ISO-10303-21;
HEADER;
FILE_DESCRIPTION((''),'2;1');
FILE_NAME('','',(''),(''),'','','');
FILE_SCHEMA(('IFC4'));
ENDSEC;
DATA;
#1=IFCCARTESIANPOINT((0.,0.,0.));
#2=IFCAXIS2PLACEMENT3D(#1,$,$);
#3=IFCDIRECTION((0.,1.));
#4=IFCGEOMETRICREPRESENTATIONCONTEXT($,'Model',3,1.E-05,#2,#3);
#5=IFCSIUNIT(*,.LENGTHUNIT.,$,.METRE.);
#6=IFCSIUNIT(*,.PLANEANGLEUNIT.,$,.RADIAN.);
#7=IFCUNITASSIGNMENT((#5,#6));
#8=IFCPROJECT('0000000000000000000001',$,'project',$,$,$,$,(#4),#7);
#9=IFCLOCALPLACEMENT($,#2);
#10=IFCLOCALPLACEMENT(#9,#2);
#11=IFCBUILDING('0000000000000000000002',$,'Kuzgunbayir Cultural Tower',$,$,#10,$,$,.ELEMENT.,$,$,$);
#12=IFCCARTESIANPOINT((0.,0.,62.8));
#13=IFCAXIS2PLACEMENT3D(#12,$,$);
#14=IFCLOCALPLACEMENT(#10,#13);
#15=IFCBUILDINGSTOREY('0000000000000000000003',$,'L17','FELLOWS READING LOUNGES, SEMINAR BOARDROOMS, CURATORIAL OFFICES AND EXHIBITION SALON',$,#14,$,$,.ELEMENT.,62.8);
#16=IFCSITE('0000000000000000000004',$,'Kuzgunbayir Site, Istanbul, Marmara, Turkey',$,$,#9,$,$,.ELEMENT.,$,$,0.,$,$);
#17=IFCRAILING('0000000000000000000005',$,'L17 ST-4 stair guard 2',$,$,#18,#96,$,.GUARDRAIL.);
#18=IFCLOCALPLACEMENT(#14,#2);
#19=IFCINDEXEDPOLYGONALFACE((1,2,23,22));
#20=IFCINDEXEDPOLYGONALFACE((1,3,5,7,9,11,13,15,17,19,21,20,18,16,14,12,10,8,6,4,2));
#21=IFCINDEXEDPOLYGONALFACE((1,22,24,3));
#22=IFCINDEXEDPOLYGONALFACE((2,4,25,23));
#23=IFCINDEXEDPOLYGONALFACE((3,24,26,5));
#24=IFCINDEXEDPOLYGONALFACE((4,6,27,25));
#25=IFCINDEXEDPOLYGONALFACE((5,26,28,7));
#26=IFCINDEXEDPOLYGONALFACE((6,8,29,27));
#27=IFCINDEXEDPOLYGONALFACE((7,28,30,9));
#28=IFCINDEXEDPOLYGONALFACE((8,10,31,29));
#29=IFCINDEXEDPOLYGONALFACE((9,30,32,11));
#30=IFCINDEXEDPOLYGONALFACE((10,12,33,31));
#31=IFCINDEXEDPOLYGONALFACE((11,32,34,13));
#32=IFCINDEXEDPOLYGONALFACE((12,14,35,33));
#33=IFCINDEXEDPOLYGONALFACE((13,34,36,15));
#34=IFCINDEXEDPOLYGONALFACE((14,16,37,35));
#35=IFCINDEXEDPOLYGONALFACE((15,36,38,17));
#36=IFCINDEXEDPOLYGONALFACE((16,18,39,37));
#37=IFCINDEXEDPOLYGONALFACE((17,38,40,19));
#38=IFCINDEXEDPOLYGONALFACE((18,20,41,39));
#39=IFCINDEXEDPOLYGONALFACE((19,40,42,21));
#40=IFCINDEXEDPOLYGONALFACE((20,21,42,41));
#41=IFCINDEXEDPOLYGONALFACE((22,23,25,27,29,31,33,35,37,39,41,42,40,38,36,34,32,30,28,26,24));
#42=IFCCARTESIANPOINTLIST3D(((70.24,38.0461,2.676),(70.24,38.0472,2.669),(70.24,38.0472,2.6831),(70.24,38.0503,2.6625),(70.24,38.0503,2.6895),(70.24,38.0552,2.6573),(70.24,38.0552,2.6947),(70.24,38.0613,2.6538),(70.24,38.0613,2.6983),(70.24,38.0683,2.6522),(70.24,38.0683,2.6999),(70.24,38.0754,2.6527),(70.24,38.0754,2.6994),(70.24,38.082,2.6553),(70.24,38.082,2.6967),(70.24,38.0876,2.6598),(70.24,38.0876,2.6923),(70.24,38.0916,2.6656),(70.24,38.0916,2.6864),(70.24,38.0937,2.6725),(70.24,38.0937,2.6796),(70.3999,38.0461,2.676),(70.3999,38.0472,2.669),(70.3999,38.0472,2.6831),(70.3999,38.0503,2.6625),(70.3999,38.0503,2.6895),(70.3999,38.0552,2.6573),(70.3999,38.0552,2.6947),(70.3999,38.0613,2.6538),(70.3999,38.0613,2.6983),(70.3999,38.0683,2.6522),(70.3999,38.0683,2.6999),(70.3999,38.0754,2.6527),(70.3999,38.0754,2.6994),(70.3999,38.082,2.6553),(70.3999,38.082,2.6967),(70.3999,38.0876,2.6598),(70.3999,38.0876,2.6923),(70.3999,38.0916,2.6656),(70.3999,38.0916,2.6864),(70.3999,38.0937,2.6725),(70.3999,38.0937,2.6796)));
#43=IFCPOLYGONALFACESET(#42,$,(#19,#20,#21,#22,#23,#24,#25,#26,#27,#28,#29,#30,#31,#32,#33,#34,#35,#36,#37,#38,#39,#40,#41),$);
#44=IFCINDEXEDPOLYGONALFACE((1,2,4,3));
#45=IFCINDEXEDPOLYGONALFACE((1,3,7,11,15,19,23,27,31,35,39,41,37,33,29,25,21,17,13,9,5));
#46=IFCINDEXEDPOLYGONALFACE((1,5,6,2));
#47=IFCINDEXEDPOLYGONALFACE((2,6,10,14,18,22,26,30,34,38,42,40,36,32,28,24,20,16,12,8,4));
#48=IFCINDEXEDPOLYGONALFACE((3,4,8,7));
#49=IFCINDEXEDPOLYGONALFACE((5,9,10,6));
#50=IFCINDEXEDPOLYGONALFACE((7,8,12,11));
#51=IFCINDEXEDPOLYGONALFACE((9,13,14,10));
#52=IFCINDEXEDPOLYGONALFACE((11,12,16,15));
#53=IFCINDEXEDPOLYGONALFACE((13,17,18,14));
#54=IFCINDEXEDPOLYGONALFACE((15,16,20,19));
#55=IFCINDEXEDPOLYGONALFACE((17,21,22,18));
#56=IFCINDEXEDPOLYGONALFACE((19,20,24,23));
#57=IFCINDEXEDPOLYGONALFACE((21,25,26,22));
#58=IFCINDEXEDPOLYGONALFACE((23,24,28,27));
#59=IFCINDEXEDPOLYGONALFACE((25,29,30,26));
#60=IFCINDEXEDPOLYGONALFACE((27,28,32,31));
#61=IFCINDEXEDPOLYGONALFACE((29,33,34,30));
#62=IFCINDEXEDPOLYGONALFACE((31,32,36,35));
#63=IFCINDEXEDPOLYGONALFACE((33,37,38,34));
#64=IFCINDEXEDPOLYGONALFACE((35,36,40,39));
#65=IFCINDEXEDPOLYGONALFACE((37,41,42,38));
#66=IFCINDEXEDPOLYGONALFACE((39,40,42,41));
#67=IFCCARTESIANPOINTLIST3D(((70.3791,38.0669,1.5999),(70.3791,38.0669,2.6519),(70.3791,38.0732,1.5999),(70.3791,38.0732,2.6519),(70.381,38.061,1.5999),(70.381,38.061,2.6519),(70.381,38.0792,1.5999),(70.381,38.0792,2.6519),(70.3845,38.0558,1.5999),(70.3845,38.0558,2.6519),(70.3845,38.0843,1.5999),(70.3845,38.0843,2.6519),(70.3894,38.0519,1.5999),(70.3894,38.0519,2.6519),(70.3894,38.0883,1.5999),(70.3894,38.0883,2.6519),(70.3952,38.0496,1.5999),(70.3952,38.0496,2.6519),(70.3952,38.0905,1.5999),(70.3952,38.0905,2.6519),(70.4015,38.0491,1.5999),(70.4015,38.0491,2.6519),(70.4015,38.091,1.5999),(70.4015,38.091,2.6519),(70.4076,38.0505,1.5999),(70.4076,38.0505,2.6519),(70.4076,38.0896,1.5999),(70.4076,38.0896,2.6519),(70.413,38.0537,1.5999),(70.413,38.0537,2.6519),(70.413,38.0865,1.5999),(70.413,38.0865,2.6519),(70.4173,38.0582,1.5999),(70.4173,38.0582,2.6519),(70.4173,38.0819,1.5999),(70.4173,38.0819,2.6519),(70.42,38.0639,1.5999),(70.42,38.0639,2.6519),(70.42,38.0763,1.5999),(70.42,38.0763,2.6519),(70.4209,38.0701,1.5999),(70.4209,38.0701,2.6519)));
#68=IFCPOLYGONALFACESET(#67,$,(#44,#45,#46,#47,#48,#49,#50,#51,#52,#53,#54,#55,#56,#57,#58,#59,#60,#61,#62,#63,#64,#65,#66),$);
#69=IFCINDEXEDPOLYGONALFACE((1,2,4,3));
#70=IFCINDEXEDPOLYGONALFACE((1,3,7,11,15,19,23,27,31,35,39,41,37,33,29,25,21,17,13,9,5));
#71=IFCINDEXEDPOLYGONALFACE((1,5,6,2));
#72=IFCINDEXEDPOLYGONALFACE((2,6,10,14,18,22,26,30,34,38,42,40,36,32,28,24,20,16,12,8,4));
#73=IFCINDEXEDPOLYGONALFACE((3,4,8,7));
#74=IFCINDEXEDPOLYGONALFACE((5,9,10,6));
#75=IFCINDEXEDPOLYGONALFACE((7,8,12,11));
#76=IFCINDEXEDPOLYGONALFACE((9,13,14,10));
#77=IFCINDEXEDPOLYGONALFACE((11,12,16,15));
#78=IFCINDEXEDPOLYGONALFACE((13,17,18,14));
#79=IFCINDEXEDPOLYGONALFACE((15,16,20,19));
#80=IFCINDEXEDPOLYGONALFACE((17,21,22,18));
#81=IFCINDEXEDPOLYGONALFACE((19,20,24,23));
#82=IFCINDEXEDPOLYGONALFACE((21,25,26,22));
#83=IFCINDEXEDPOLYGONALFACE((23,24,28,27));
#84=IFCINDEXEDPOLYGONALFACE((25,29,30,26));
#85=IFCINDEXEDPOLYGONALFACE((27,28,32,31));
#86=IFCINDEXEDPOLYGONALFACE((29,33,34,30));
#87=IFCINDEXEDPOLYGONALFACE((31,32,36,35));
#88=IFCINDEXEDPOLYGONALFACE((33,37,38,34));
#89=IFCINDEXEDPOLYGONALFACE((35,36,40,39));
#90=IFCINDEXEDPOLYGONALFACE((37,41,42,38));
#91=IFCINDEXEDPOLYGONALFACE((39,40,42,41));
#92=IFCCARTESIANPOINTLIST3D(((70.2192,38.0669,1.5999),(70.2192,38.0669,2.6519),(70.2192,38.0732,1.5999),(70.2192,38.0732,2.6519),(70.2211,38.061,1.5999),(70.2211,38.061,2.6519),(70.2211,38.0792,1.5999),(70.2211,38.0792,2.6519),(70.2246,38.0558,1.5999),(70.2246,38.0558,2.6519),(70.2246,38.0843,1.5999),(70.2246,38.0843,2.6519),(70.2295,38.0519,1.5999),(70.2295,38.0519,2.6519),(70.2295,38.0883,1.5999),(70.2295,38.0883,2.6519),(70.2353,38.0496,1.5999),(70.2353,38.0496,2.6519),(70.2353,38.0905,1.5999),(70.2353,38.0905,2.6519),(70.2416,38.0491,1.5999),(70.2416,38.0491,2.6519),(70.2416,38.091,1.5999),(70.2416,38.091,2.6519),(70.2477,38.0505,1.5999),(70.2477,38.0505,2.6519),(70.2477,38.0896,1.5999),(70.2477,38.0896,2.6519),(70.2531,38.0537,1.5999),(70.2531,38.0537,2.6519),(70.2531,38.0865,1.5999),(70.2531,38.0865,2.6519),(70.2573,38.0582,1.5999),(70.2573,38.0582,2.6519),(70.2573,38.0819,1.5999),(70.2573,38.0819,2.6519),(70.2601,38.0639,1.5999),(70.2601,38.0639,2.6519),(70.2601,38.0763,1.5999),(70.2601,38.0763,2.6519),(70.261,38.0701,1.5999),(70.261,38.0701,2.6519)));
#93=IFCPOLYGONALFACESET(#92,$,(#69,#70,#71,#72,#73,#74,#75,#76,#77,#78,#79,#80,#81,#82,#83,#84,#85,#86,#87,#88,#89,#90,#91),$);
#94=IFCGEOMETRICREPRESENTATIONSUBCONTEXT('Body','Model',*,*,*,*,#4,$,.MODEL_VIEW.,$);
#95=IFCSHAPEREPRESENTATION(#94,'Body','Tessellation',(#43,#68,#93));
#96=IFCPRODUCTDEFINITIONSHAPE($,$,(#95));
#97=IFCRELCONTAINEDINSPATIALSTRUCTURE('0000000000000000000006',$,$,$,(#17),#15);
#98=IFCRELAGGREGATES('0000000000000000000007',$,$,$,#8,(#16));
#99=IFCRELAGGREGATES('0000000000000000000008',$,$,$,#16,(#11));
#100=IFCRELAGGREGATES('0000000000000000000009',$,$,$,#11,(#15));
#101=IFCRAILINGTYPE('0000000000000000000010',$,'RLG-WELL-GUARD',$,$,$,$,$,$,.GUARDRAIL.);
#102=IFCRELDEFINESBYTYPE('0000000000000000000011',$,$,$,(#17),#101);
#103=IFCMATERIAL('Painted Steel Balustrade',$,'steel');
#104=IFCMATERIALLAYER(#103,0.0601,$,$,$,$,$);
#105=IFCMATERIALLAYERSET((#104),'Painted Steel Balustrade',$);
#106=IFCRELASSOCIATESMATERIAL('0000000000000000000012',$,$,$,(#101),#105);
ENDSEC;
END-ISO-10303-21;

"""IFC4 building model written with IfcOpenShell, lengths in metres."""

from ifc_helpers import new_model, si_unit, direction, frame, origin, origin_2d, place, context, subcontext, project, spatial, circle, extrude, material, layer, layer_set, type_object, element, save


model = new_model("IFC4")

# Units and contexts
model_context = context("Model", 3, precision=1e-05, world=origin(), true_north=direction((0.0, 1.0)))
body_context = subcontext(model_context, "Body", "Model", "MODEL_VIEW")
ifc_project = project(units=[si_unit("LENGTHUNIT", "METRE"), si_unit("PLANEANGLEUNIT", "RADIAN")], contexts=[model_context])

# Site, building, storey
site_placement = place(None, origin())
site = spatial("IfcSite", under=ifc_project, at=site_placement, Name="Kuzgunbayir Site, Istanbul, Marmara, Turkey", CompositionType="ELEMENT", RefElevation=0.0)
building_placement = place(site_placement, origin())
building = spatial("IfcBuilding", under=site, at=building_placement, Name="Kuzgunbayir Cultural Tower", CompositionType="ELEMENT")
storey_placement = place(building_placement, frame((0.0, 0.0, 62.8)))
storey = spatial("IfcBuildingStorey", under=building, at=storey_placement, Name="L17", Description="FELLOWS READING LOUNGES, SEMINAR BOARDROOMS, CURATORIAL OFFICES AND EXHIBITION SALON", CompositionType="ELEMENT", Elevation=62.8)

# Railing
ifc_material_1 = material(Name="Painted Steel Balustrade", Category="steel")
ifc_layer_1 = layer(ifc_material_1, 0.0601)
ifc_layer_set_1 = layer_set([ifc_layer_1], Name="Painted Steel Balustrade")
railing_type_1 = type_object("IfcRailingType", Name="RLG-WELL-GUARD", PredefinedType="GUARDRAIL", material=ifc_layer_set_1)
railing_1_placement = place(storey_placement, frame((70.3999, 38.0701, 1.5999)))
element("IfcRailing", 1, at=railing_1_placement, inside=storey, type_object=railing_type_1, Name="L17 ST-4 stair guard 2", PredefinedType="GUARDRAIL", context=body_context, shape_type="SweptSolid", body=[
    extrude(circle(Radius=0.0239, at=origin_2d()), frame((0.0, 0.0, 1.0762), z_axis=(-1.0, 0.0, 0.0), x_axis=(0.0, -1.0, 0.0)), (0.0, 0.0, 1.0), 0.1599),
    extrude(circle(Radius=0.021, at=origin_2d()), origin(), (0.0, 0.0, 1.0), 1.052),
    extrude(circle(Radius=0.021, at=origin_2d()), frame((-0.1599, 0.0, 0.0)), (0.0, 0.0, 1.0), 1.052),
])

save(model, "model.ifc")
